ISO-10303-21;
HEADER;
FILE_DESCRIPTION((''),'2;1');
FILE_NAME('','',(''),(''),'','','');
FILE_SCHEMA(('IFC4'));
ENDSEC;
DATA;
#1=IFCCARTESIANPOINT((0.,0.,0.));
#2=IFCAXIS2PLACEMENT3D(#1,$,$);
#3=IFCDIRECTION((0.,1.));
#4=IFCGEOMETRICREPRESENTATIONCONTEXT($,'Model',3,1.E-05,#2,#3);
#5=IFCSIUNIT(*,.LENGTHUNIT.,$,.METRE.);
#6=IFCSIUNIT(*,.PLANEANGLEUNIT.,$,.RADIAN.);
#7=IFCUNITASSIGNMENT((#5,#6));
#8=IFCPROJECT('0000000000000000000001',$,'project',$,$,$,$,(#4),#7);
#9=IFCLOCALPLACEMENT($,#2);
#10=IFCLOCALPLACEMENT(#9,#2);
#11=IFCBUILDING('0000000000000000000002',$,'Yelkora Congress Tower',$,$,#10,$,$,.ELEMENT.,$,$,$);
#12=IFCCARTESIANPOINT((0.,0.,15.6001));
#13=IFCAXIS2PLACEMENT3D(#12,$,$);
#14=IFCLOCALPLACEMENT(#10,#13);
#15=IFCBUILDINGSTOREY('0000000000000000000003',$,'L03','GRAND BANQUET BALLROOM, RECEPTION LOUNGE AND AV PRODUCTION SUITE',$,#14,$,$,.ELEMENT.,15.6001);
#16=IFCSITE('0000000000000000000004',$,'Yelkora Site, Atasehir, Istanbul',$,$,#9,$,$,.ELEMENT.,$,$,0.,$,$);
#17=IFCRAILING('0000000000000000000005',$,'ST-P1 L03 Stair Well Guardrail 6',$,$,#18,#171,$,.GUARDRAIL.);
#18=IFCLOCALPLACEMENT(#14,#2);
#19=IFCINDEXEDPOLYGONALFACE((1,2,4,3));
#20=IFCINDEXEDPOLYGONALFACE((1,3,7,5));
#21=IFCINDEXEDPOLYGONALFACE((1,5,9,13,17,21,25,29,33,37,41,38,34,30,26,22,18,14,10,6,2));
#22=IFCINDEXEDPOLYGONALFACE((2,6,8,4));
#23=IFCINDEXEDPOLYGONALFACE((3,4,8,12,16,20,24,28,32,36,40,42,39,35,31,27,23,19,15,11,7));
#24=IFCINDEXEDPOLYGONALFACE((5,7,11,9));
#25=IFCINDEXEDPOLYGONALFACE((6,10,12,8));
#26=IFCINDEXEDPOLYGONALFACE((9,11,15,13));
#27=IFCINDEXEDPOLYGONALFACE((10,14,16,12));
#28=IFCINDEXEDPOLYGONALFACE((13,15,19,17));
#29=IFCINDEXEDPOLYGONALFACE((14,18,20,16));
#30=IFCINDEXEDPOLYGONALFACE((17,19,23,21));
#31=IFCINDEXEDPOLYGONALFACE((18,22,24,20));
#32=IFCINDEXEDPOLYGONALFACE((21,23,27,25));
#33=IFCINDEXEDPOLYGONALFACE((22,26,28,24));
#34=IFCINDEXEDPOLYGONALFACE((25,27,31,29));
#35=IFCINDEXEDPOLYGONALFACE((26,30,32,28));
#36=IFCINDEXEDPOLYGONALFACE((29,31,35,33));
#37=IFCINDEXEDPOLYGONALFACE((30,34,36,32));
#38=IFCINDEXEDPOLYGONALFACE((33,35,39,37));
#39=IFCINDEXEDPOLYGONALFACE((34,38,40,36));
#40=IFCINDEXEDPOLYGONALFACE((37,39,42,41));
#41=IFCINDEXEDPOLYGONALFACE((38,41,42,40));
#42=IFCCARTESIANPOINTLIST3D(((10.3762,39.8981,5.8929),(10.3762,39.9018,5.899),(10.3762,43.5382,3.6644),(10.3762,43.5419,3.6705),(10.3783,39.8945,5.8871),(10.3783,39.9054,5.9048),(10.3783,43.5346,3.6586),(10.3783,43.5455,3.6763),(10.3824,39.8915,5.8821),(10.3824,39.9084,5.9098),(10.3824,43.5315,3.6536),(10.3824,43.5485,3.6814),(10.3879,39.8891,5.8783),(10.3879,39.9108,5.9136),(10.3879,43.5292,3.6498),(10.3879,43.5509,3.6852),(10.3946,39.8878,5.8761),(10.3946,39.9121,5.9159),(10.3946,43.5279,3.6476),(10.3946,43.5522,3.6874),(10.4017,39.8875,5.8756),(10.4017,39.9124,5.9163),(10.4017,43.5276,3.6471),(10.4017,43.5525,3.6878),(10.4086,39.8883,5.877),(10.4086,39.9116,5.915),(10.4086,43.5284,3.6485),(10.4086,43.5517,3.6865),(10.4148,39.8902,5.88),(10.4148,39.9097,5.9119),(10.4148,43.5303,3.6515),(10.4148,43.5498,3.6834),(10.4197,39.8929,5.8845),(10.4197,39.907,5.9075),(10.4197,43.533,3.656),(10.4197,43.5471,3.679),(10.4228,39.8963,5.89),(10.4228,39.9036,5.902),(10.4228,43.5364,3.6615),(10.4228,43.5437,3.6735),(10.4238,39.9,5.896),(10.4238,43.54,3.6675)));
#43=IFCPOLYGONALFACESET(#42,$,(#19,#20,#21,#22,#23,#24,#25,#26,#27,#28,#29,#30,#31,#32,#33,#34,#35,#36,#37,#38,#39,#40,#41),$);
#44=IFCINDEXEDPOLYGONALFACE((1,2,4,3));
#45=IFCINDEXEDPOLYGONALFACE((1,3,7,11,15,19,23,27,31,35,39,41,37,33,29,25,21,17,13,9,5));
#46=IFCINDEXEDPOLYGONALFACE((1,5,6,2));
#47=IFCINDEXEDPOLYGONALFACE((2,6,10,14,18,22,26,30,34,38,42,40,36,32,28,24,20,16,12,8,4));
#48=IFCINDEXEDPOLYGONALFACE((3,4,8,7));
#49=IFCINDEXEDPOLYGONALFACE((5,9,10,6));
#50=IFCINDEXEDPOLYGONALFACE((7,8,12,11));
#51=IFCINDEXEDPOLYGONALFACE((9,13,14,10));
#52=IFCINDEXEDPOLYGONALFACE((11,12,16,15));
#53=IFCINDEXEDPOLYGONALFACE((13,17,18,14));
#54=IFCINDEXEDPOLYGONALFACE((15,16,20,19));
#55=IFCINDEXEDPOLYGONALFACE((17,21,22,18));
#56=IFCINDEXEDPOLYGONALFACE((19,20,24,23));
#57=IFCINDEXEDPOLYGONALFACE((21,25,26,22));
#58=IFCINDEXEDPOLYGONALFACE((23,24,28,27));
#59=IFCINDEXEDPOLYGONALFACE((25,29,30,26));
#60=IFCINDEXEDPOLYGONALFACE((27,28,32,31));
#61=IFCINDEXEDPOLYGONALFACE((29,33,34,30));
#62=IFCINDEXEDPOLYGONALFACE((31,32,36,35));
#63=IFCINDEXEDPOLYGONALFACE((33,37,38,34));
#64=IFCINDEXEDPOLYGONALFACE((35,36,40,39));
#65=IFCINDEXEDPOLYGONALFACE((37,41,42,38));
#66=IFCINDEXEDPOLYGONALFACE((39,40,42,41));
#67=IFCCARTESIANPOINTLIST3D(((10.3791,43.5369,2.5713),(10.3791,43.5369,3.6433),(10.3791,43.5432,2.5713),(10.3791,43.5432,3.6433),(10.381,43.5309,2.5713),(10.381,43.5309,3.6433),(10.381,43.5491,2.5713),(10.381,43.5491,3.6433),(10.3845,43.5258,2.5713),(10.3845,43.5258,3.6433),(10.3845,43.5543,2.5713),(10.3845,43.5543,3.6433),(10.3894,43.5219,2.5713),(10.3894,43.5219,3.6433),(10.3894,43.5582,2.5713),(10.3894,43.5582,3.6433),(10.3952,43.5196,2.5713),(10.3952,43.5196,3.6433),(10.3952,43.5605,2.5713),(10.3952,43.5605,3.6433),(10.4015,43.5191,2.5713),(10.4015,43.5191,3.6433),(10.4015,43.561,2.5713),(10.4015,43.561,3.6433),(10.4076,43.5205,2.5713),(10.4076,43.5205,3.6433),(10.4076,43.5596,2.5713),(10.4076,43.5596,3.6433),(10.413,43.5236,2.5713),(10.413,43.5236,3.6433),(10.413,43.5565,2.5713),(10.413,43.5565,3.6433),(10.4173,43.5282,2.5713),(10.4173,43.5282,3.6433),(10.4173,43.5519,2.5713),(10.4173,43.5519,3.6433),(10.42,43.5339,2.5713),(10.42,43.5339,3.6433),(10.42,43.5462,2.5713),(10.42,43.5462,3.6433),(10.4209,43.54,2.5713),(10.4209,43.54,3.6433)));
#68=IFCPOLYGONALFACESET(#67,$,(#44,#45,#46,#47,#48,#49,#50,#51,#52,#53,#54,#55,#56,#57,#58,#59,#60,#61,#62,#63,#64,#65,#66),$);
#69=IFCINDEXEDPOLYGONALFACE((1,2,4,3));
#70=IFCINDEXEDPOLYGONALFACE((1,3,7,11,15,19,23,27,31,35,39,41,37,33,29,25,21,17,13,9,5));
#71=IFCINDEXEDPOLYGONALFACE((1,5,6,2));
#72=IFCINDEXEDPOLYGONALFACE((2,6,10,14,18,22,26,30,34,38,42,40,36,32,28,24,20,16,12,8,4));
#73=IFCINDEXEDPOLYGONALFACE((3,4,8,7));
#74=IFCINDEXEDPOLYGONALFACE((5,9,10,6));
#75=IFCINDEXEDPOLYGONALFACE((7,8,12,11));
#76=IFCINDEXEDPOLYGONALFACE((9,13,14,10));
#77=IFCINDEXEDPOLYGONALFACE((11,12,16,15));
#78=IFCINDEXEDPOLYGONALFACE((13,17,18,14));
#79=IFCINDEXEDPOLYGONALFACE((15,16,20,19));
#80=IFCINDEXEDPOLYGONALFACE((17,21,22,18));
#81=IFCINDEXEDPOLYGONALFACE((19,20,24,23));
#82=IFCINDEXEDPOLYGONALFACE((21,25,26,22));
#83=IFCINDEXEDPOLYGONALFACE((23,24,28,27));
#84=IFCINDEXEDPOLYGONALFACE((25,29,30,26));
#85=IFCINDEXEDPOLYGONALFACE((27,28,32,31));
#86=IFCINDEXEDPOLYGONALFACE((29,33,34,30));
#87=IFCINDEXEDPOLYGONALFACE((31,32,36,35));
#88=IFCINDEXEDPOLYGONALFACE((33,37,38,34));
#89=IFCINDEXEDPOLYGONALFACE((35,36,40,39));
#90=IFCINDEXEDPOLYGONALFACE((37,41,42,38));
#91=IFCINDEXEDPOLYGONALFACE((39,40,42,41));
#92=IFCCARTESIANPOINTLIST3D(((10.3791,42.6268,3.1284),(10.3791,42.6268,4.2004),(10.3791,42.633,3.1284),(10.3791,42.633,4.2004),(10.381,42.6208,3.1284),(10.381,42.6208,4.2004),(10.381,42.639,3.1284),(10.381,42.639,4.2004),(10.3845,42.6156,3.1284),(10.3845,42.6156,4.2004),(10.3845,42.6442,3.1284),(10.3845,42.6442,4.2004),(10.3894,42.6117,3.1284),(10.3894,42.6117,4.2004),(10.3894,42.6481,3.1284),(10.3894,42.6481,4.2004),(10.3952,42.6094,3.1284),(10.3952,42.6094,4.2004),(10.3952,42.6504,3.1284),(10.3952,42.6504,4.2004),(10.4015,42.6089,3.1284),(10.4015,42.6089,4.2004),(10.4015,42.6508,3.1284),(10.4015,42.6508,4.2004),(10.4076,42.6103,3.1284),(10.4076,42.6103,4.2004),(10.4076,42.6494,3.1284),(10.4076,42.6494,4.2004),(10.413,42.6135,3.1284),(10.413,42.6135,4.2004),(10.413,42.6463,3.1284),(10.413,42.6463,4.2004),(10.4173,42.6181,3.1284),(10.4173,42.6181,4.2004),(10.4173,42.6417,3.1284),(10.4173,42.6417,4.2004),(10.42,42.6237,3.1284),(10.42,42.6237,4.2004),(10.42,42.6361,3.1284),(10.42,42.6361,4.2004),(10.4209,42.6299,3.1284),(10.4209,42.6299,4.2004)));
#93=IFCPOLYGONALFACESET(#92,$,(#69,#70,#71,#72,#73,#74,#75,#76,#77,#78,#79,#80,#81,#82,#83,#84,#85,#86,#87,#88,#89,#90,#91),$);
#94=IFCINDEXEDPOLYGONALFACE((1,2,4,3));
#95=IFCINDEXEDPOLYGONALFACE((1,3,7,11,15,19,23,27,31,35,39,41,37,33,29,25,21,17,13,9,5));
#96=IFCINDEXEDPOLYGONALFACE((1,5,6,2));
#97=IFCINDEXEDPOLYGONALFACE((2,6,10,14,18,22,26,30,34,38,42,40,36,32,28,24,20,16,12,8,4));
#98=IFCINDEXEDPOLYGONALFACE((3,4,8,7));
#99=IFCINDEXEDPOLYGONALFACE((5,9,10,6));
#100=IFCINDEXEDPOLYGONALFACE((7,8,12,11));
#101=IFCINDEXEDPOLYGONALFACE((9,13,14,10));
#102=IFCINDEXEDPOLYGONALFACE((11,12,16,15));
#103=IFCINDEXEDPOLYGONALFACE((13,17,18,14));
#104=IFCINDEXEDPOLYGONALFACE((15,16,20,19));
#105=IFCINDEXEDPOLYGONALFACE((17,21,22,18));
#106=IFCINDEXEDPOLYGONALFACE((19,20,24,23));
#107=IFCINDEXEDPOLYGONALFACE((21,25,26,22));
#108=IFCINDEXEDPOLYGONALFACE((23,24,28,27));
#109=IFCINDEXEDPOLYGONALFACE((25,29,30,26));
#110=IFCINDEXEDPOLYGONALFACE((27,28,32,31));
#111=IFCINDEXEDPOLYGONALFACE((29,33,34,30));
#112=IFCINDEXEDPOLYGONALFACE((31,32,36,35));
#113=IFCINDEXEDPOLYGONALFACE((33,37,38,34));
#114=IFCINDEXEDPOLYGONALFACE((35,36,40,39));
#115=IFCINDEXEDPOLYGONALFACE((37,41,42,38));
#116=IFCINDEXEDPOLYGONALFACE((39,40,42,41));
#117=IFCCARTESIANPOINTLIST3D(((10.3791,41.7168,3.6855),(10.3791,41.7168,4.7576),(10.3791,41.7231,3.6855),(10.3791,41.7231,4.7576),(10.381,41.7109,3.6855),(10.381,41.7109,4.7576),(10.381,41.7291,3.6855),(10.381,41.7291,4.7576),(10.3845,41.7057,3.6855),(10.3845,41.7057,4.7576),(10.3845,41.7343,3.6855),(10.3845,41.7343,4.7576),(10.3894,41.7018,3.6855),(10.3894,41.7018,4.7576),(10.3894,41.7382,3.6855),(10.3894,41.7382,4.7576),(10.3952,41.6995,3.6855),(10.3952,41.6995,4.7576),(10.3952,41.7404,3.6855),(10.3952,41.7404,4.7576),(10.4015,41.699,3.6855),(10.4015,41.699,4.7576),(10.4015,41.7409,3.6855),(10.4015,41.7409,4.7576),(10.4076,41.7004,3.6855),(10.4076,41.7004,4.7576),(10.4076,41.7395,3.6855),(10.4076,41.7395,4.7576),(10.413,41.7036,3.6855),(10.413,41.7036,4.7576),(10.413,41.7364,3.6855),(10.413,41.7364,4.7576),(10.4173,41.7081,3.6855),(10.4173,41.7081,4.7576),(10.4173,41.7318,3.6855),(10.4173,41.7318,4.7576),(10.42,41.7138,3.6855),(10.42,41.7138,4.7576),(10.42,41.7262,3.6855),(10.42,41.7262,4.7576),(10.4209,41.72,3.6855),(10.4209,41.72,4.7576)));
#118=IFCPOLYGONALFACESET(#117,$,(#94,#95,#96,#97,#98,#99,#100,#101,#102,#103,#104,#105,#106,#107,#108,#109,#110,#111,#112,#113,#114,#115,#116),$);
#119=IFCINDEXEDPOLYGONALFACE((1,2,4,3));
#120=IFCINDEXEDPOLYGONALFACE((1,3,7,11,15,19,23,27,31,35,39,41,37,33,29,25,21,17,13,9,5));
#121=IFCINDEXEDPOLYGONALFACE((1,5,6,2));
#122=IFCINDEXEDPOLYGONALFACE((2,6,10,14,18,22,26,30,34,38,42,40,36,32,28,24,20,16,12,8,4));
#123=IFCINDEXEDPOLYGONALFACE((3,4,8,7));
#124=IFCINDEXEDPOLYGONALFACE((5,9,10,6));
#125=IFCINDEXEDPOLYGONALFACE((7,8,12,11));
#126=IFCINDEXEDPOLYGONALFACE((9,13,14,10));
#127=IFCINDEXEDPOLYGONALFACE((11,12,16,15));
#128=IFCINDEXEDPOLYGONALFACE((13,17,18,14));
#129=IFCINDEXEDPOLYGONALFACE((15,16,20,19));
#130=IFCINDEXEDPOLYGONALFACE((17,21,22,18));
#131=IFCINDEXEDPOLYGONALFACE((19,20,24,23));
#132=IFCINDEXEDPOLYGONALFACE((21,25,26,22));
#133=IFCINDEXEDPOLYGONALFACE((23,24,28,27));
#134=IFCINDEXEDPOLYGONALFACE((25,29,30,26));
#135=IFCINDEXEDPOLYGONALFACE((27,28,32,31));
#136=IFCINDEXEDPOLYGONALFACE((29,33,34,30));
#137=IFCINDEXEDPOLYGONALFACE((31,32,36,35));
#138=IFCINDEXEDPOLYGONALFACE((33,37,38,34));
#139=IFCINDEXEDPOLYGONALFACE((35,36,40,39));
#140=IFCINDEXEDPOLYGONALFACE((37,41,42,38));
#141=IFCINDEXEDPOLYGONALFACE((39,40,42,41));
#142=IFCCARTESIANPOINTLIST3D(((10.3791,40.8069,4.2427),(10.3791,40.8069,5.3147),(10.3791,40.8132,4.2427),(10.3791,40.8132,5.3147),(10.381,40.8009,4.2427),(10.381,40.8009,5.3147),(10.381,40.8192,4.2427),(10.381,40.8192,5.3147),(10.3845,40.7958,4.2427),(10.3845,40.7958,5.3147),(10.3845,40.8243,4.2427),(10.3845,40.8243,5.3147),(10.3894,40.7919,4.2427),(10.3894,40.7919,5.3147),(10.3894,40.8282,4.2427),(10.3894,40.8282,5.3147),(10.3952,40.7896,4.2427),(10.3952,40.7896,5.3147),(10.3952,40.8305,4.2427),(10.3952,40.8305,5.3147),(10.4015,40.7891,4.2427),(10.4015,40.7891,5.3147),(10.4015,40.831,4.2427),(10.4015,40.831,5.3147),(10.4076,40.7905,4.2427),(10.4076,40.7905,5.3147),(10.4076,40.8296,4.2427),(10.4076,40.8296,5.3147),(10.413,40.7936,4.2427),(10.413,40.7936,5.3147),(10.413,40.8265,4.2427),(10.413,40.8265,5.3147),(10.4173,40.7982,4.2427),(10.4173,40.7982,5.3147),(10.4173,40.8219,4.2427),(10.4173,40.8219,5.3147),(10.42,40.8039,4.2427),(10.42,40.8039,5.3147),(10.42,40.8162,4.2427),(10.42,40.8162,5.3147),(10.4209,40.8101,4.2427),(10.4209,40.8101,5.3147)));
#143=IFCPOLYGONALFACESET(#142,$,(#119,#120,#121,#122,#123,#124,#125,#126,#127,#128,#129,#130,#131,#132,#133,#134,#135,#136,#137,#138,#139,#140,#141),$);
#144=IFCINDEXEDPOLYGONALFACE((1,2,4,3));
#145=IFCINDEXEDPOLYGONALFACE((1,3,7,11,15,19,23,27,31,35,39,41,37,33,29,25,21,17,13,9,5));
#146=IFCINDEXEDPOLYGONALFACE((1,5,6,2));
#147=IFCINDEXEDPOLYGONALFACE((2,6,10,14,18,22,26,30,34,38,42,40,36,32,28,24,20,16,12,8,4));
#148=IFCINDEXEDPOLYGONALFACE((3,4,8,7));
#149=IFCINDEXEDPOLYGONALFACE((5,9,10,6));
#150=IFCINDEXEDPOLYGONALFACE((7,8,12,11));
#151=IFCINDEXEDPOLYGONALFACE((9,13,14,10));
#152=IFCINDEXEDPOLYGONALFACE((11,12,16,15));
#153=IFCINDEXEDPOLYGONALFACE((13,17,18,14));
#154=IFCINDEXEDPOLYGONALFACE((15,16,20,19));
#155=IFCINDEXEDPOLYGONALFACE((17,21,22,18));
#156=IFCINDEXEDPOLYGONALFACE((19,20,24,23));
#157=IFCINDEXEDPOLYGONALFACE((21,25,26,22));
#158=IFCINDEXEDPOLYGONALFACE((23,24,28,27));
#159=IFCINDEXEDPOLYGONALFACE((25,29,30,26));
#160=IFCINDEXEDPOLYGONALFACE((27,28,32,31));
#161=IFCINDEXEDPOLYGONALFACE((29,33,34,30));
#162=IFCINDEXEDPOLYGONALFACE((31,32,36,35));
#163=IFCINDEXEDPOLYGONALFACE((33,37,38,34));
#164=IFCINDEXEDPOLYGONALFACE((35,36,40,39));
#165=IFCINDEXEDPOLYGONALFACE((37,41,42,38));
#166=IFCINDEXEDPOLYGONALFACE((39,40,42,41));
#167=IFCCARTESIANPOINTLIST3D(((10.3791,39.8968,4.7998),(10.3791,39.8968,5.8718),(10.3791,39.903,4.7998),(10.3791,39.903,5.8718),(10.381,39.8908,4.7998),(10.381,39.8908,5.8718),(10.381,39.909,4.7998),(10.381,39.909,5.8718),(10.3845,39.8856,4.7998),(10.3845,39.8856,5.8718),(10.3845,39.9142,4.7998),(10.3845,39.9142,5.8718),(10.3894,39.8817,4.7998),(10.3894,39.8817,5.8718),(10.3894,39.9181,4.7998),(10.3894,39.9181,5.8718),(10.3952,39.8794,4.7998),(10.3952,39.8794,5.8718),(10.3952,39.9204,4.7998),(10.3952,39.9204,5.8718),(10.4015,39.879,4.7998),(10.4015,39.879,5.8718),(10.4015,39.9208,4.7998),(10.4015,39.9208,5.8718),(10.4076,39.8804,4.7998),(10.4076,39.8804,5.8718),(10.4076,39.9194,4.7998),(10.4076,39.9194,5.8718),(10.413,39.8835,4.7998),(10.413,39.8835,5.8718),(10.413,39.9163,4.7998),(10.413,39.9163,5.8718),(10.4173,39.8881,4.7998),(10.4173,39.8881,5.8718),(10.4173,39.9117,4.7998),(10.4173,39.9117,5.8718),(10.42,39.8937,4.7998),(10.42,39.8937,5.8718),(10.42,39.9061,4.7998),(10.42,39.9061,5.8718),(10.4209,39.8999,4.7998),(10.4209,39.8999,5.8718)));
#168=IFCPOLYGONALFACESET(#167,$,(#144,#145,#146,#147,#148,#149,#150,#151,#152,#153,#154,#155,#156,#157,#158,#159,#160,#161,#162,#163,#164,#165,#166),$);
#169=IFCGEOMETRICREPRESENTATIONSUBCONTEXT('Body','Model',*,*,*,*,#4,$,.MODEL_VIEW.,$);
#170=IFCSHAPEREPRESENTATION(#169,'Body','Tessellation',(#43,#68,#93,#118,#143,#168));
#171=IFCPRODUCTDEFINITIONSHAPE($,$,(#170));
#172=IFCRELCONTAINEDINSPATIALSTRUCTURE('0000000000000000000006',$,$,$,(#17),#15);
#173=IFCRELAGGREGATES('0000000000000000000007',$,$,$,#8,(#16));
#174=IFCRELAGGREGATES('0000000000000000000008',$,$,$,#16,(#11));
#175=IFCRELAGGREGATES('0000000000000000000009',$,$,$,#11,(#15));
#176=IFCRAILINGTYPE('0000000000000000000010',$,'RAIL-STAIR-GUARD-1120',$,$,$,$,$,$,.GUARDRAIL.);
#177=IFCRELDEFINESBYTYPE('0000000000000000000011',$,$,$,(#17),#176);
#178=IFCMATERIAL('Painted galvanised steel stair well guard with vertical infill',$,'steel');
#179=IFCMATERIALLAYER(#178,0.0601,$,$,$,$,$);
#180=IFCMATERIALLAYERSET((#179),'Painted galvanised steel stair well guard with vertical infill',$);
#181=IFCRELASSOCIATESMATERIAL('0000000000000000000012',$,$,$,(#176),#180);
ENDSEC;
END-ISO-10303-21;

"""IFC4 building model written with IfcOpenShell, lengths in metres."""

from ifc_helpers import new_model, si_unit, direction, frame, origin, origin_2d, place, context, subcontext, project, spatial, circle, extrude, material, layer, layer_set, type_object, element, save


model = new_model("IFC4")

# Units and contexts
model_context = context("Model", 3, precision=1e-05, world=origin(), true_north=direction((0.0, 1.0)))
body_context = subcontext(model_context, "Body", "Model", "MODEL_VIEW")
ifc_project = project(units=[si_unit("LENGTHUNIT", "METRE"), si_unit("PLANEANGLEUNIT", "RADIAN")], contexts=[model_context])

# Site, building, storey
site_placement = place(None, origin())
site = spatial("IfcSite", under=ifc_project, at=site_placement, Name="Yelkora Site, Atasehir, Istanbul", CompositionType="ELEMENT", RefElevation=0.0)
building_placement = place(site_placement, origin())
building = spatial("IfcBuilding", under=site, at=building_placement, Name="Yelkora Congress Tower", CompositionType="ELEMENT")
storey_placement = place(building_placement, frame((0.0, 0.0, 15.6001)))
storey = spatial("IfcBuildingStorey", under=building, at=storey_placement, Name="L03", Description="GRAND BANQUET BALLROOM, RECEPTION LOUNGE AND AV PRODUCTION SUITE", CompositionType="ELEMENT", Elevation=15.6001)

# Railing
ifc_material_1 = material(Name="Painted galvanised steel stair well guard with vertical infill", Category="steel")
ifc_layer_1 = layer(ifc_material_1, 0.0601)
ifc_layer_set_1 = layer_set([ifc_layer_1], Name="Painted galvanised steel stair well guard with vertical infill")
railing_type_1 = type_object("IfcRailingType", Name="RAIL-STAIR-GUARD-1120", PredefinedType="GUARDRAIL", material=ifc_layer_set_1)
railing_1_placement = place(storey_placement, frame((10.3999, 43.54, 2.5713)))
element("IfcRailing", 1, at=railing_1_placement, inside=storey, type_object=railing_type_1, Name="ST-P1 L03 Stair Well Guardrail 6", PredefinedType="GUARDRAIL", context=body_context, shape_type="SweptSolid", body=[
    extrude(circle(Radius=0.0239, at=origin_2d()), frame((0.0, 0.0, 1.0962), z_axis=(0.0, -0.852866, 0.52213), x_axis=(1.0, 0.0, 0.0)), (0.0, 0.0, 1.0), 4.2681),
    extrude(circle(Radius=0.021, at=origin_2d()), origin(), (0.0, 0.0, 1.0), 1.072),
    extrude(circle(Radius=0.021, at=origin_2d()), frame((0.0, -0.9102, 0.5571)), (0.0, 0.0, 1.0), 1.072),
    extrude(circle(Radius=0.021, at=origin_2d()), frame((0.0, -1.8201, 1.1143)), (0.0, 0.0, 1.0), 1.072),
    extrude(circle(Radius=0.021, at=origin_2d()), frame((0.0, -2.73, 1.6714)), (0.0, 0.0, 1.0), 1.072),
    extrude(circle(Radius=0.021, at=origin_2d()), frame((0.0, -3.6401, 2.2285)), (0.0, 0.0, 1.0), 1.072),
])

save(model, "model.ifc")
